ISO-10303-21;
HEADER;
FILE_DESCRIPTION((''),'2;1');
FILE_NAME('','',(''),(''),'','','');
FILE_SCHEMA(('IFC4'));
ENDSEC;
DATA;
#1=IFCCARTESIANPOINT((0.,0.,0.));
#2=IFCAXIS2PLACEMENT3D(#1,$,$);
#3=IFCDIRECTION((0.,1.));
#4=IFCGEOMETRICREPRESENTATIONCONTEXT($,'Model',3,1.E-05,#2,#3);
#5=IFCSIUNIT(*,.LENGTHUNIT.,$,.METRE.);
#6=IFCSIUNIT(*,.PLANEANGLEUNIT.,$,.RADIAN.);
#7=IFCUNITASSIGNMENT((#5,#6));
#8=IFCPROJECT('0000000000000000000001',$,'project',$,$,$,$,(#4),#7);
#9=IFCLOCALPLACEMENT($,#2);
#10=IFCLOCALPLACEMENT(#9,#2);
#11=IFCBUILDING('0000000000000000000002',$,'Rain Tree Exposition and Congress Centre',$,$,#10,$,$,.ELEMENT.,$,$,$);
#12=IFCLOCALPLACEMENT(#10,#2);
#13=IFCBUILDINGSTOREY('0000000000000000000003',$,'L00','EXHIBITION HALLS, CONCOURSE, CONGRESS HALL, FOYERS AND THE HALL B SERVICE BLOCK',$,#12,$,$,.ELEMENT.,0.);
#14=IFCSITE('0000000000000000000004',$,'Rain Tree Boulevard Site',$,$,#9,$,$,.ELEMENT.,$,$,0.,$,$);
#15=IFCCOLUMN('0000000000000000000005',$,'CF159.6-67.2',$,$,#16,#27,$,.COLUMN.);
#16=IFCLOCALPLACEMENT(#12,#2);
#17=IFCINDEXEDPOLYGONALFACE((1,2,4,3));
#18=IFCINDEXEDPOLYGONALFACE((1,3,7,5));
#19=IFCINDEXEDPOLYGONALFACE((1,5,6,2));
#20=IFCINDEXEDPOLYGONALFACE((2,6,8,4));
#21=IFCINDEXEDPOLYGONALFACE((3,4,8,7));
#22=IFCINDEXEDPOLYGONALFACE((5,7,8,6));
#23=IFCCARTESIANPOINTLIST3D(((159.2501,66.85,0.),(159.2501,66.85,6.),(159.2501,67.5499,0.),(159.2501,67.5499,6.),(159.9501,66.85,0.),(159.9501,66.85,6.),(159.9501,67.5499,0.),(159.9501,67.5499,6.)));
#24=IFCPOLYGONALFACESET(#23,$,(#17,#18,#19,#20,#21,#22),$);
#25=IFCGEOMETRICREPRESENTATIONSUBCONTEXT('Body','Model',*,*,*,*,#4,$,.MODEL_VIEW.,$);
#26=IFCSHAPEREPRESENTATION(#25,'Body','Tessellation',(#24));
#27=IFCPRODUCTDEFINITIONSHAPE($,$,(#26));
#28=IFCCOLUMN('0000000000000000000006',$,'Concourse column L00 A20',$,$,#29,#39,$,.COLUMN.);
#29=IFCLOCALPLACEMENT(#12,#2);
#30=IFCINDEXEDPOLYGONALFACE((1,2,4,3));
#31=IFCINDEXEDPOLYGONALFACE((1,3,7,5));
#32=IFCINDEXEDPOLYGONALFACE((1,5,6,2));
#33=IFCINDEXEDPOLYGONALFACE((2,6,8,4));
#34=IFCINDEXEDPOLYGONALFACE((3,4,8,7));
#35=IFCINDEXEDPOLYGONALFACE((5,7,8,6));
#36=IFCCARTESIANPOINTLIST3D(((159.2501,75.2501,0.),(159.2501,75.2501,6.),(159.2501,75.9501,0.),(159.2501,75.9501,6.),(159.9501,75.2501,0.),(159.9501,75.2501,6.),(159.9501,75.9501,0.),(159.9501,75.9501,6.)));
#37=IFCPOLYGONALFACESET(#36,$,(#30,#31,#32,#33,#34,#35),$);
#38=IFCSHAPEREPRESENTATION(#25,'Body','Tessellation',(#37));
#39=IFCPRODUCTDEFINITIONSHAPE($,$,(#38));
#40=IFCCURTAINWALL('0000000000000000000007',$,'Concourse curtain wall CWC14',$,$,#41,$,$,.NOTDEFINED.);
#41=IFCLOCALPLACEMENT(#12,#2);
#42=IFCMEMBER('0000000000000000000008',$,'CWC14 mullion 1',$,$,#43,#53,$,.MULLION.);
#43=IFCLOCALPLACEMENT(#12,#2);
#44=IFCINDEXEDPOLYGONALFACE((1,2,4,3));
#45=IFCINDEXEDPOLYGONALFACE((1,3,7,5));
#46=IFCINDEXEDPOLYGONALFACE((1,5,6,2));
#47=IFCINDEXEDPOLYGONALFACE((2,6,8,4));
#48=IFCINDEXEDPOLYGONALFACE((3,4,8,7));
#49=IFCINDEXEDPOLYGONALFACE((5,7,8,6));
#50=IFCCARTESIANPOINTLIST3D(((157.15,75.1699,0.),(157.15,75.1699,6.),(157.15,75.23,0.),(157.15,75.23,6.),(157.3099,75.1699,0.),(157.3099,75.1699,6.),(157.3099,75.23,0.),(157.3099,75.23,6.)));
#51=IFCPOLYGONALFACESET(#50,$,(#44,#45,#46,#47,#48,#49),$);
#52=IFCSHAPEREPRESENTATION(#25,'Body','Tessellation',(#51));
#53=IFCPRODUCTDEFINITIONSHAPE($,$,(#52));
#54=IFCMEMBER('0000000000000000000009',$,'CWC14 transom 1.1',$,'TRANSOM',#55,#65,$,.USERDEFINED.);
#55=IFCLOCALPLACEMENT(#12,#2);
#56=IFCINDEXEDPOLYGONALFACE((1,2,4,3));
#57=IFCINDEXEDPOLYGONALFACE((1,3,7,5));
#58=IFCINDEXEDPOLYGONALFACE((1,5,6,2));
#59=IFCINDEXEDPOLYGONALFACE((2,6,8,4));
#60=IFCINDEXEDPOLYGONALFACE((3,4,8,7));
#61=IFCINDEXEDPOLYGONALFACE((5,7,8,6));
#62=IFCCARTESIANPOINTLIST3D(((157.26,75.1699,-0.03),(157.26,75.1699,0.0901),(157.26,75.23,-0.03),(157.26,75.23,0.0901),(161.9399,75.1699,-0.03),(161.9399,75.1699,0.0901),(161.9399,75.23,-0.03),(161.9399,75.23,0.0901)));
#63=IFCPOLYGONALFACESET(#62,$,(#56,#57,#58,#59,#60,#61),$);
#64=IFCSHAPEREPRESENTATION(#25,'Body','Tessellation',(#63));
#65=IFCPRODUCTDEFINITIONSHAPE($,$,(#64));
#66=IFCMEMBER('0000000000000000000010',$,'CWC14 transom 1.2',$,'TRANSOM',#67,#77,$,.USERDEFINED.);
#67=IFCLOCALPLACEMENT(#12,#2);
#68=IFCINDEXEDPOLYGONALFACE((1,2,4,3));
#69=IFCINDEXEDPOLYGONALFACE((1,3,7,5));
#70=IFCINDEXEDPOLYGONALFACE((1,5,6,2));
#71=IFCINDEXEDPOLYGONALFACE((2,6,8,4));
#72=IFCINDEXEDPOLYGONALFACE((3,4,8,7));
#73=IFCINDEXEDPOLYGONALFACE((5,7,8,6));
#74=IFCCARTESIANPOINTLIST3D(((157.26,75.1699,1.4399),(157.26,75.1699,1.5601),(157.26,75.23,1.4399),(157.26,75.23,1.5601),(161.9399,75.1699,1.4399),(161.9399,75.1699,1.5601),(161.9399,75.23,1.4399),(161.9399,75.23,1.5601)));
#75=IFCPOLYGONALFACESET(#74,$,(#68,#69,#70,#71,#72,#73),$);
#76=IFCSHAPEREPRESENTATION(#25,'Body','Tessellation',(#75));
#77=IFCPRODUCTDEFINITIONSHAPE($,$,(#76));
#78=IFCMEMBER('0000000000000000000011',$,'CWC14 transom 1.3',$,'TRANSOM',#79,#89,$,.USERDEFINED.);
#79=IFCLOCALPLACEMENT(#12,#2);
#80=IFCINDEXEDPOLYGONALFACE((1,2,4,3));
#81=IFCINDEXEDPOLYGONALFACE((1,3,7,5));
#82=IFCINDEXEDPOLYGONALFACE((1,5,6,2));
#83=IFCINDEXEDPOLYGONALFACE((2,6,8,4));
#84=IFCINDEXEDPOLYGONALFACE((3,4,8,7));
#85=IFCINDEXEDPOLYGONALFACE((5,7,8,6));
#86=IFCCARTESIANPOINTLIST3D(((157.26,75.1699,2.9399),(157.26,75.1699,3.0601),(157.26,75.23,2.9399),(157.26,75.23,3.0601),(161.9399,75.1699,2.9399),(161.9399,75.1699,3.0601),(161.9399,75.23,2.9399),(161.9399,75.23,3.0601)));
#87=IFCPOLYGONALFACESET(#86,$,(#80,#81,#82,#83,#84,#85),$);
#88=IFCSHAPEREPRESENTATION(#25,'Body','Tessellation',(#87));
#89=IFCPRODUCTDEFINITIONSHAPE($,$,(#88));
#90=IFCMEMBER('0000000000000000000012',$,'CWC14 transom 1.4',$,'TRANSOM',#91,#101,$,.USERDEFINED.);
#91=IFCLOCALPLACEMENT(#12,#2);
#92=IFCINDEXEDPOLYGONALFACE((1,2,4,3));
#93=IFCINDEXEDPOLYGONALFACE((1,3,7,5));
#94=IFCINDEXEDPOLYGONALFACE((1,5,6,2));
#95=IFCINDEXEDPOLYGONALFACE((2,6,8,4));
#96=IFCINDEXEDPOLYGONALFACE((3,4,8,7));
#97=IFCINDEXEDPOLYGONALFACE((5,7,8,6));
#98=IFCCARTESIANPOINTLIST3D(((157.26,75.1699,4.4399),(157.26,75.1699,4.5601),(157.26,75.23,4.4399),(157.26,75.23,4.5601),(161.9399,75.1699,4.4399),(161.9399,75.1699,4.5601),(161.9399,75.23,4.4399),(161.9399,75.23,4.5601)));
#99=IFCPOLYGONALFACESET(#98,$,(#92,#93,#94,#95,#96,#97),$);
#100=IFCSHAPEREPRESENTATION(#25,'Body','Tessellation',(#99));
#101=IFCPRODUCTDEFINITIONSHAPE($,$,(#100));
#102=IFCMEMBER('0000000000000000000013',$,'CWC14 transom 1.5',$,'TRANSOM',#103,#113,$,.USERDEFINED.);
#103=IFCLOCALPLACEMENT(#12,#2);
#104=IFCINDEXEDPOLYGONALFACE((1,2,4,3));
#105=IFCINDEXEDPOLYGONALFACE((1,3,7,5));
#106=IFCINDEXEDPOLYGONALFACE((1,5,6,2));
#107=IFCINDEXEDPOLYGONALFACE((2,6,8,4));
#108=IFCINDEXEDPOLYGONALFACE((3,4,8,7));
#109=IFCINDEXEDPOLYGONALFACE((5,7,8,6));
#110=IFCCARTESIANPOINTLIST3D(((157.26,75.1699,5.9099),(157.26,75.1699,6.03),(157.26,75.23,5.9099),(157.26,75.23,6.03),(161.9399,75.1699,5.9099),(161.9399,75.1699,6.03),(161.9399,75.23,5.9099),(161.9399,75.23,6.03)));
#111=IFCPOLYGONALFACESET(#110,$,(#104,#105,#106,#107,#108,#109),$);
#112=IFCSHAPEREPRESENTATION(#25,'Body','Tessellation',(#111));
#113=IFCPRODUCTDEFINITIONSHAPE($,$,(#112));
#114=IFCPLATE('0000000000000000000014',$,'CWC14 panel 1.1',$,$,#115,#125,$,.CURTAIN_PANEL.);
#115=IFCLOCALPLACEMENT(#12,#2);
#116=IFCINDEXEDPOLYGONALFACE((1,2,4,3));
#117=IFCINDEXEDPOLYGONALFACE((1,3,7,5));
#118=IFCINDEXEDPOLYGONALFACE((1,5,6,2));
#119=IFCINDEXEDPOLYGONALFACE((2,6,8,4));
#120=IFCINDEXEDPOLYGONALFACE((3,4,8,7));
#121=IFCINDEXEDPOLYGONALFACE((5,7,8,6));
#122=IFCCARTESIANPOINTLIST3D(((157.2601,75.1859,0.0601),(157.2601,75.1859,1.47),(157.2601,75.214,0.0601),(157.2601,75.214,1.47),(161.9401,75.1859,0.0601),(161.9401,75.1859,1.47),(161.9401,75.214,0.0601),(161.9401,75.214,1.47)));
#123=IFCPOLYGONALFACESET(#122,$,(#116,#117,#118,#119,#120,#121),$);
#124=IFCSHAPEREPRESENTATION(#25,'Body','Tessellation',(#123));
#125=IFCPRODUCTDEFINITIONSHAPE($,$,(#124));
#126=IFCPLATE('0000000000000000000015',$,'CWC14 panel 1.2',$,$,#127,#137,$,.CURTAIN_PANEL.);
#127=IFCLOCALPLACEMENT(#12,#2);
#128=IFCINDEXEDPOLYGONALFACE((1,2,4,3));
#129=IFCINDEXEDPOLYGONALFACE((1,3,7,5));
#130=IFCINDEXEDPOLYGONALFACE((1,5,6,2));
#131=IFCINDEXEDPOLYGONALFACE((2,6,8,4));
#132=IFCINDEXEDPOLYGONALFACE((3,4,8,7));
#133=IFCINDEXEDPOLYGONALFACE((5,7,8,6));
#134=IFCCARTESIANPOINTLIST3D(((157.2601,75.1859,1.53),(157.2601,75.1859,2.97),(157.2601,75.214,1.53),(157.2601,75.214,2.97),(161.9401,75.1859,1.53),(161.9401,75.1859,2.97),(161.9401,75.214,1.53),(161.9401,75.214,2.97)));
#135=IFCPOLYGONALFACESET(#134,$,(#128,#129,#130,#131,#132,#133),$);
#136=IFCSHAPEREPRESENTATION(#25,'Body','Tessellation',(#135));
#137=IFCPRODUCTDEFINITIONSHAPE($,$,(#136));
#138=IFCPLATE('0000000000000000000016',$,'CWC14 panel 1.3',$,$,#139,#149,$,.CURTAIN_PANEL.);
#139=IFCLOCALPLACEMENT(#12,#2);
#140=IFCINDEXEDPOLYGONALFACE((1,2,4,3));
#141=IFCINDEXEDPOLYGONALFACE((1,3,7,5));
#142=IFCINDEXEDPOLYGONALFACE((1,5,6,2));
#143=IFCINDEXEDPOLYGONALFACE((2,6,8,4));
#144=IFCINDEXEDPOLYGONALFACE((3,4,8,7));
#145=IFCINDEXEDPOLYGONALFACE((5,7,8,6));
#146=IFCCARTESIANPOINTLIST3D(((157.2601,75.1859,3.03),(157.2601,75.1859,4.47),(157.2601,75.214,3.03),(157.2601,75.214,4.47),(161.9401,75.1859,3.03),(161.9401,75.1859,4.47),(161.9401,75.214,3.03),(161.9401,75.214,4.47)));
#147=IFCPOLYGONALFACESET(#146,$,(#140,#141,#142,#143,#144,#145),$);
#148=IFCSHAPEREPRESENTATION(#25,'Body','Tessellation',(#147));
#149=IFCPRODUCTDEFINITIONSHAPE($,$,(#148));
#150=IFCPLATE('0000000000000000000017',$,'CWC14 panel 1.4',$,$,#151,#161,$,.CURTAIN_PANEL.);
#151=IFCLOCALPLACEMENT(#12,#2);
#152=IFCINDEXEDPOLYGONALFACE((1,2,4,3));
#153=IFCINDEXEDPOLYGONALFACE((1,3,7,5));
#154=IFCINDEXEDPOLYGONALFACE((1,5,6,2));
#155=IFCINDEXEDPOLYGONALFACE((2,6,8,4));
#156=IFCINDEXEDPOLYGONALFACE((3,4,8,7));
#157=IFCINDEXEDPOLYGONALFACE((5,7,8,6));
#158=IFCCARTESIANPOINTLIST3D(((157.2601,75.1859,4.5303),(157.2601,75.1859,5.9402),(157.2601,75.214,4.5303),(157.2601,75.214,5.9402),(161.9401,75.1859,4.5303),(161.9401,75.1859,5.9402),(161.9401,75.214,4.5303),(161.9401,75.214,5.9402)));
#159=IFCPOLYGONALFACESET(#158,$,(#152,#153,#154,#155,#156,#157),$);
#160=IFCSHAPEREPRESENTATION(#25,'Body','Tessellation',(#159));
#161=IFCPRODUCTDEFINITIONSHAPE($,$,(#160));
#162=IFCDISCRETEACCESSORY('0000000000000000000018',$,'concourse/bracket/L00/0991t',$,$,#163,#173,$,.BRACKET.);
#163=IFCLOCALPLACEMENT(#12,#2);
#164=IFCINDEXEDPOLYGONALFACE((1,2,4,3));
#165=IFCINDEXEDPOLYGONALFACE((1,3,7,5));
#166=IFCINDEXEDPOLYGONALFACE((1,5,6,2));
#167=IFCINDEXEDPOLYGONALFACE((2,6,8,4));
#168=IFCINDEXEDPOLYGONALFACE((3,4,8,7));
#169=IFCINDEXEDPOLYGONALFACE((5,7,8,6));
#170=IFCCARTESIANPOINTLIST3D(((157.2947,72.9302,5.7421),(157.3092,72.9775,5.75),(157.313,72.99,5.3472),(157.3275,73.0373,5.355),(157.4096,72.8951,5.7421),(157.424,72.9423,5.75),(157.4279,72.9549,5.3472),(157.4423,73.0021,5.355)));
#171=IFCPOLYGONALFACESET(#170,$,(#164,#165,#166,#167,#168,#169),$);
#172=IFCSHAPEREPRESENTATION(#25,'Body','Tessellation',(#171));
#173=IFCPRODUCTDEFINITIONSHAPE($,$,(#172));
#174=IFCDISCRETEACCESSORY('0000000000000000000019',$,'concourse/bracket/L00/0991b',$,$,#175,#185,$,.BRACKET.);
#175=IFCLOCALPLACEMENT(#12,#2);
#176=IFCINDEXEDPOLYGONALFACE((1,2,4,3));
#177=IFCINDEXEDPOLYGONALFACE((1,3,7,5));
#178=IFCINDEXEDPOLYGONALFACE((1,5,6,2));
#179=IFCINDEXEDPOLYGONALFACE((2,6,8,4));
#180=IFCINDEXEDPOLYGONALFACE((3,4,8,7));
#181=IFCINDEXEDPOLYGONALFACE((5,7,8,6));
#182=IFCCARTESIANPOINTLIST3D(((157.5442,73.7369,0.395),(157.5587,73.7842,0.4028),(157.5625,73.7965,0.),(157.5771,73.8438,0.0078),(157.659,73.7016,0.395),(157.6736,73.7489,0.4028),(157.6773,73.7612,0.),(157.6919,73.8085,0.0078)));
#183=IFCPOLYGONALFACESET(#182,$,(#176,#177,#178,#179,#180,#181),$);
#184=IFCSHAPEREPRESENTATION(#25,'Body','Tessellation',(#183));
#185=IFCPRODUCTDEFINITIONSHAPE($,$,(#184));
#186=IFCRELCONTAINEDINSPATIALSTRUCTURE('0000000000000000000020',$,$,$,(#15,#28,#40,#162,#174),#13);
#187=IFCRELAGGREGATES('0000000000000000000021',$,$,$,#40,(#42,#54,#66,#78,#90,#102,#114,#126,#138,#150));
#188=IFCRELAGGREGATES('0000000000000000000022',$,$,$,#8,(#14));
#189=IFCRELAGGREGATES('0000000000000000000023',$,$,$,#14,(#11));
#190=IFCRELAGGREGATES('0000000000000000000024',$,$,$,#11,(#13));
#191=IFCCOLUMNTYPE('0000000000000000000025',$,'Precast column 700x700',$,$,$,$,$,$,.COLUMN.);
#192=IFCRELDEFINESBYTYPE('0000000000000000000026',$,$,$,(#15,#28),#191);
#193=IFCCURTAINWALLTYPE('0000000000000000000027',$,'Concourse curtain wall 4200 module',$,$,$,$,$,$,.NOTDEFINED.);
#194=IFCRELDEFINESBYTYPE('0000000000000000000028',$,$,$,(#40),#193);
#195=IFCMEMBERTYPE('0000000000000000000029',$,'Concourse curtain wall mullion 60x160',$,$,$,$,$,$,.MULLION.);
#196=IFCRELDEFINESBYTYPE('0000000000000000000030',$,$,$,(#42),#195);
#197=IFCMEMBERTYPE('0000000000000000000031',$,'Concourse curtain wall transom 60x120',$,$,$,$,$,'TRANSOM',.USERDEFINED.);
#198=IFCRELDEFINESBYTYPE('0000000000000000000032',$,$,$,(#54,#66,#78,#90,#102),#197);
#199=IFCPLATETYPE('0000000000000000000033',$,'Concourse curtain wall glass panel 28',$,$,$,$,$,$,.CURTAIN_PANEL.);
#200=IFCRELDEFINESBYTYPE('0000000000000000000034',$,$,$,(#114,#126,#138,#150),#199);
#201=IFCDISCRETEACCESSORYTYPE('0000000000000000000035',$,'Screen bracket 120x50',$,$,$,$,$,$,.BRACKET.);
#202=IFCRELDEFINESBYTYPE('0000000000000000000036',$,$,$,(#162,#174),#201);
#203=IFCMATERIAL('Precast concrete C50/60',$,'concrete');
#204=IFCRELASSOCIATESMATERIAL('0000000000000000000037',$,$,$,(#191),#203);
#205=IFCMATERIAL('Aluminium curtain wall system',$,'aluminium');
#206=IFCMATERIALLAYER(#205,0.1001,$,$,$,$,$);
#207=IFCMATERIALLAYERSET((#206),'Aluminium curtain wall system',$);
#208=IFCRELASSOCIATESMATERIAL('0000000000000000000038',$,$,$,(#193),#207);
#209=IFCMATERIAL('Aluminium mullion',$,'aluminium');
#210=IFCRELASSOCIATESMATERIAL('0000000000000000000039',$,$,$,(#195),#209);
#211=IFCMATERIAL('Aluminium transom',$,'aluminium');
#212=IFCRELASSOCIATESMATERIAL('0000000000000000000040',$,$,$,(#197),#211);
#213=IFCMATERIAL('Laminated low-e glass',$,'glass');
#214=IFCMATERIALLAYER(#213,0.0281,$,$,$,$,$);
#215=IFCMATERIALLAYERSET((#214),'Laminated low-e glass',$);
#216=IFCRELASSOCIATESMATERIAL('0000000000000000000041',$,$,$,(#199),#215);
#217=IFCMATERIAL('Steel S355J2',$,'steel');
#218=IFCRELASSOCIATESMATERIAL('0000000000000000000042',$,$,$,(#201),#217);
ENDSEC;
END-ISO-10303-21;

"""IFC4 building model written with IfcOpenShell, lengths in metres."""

from ifc_helpers import new_model, si_unit, direction, frame, origin, origin_2d, place, context, subcontext, project, spatial, rectangle, extrude, material, layer, layer_set, material_profile, profile_set, type_object, element, aggregate, save


model = new_model("IFC4")

# Units and contexts
model_context = context("Model", 3, precision=1e-05, world=origin(), true_north=direction((0.0, 1.0)))
body_context = subcontext(model_context, "Body", "Model", "MODEL_VIEW")
ifc_project = project(units=[si_unit("LENGTHUNIT", "METRE"), si_unit("PLANEANGLEUNIT", "RADIAN")], contexts=[model_context])

# Site, building, storey
site_placement = place(None, origin())
site = spatial("IfcSite", under=ifc_project, at=site_placement, Name="Rain Tree Boulevard Site", CompositionType="ELEMENT", RefElevation=0.0)
building_placement = place(site_placement, origin())
building = spatial("IfcBuilding", under=site, at=building_placement, Name="Rain Tree Exposition and Congress Centre", CompositionType="ELEMENT")
storey_placement = place(building_placement, origin())
storey = spatial("IfcBuildingStorey", under=building, at=storey_placement, Name="L00", Description="EXHIBITION HALLS, CONCOURSE, CONGRESS HALL, FOYERS AND THE HALL B SERVICE BLOCK", CompositionType="ELEMENT", Elevation=0.0)

# Columns
ifc_material_1 = material(Name="Precast concrete C50/60", Category="concrete")
ifc_material_profile_1 = material_profile(ifc_material_1, rectangle(XDim=0.7, YDim=0.7, at=origin_2d()), Name="RC 700x700")
ifc_profile_set_1 = profile_set([ifc_material_profile_1], Name="Precast concrete C50/60")
column_type = type_object("IfcColumnType", Name="Precast column 700x700", PredefinedType="COLUMN", material=ifc_profile_set_1)
for number, where, z_axis, x_axis, name in (
    (1, (159.6001, 67.2, 0.0), (0.0, 0.0, 1.0), (1.0, 0.0, 0.0), "CF159.6-67.2"),
    (2, (159.6001, 75.6001, 0.0), (0.0, 0.0, 1.0), (1.0, 0.0, 0.0), "Concourse column L00 A20"),
):
    element("IfcColumn", number, at=place(storey_placement, frame(where, z_axis=z_axis, x_axis=x_axis)), inside=storey, type_object=column_type, Name=name, PredefinedType="COLUMN", context=body_context, shape_type="SweptSolid", body=[
        extrude(rectangle(XDim=0.7, YDim=0.7, at=origin_2d()), origin(), (0.0, 0.0, 1.0), 6.0),
    ])

# Curtain wall, members, plates
ifc_material_2 = material(Name="Aluminium curtain wall system", Category="aluminium")
ifc_layer_1 = layer(ifc_material_2, 0.1001)
ifc_layer_set_1 = layer_set([ifc_layer_1], Name="Aluminium curtain wall system")
curtain_wall_type = type_object("IfcCurtainWallType", Name="Concourse curtain wall 4200 module", PredefinedType="NOTDEFINED", material=ifc_layer_set_1)
curtain_wall_placement = place(storey_placement, origin())
curtain_wall = element("IfcCurtainWall", 3, at=curtain_wall_placement, inside=storey, type_object=curtain_wall_type, Name="Concourse curtain wall CWC14", PredefinedType="NOTDEFINED")
ifc_material_3 = material(Name="Aluminium mullion", Category="aluminium")
ifc_material_profile_2 = material_profile(ifc_material_3, rectangle(XDim=0.0601, YDim=0.1599, at=origin_2d()), Name="AL 60x160")
ifc_profile_set_2 = profile_set([ifc_material_profile_2], Name="Aluminium mullion")
member_type_1 = type_object("IfcMemberType", Name="Concourse curtain wall mullion 60x160", PredefinedType="MULLION", material=ifc_profile_set_2)
member_1_placement = place(storey_placement, frame((157.23, 75.2, 0.0), z_axis=(0.0, 0.0, 1.0), x_axis=(0.0, 1.0, 0.0)))
member_1 = element("IfcMember", 4, at=member_1_placement, type_object=member_type_1, Name="CWC14 mullion 1", PredefinedType="MULLION", context=body_context, shape_type="SweptSolid", body=[
    extrude(rectangle(XDim=0.0601, YDim=0.1599, at=origin_2d()), origin(), (0.0, 0.0, 1.0), 6.0),
])
ifc_material_4 = material(Name="Aluminium transom", Category="aluminium")
ifc_material_profile_3 = material_profile(ifc_material_4, rectangle(XDim=0.0601, YDim=0.1201, at=origin_2d()), Name="AL 60x120")
ifc_profile_set_3 = profile_set([ifc_material_profile_3], Name="Aluminium transom")
member_type_2 = type_object("IfcMemberType", Name="Concourse curtain wall transom 60x120", ElementType="TRANSOM", PredefinedType="USERDEFINED", material=ifc_profile_set_3)
member_2_placement = place(storey_placement, frame((157.26, 75.2, 0.03), z_axis=(1.0, 0.0, 0.0), x_axis=(0.0, 1.0, 0.0)))
member_2 = element("IfcMember", 5, at=member_2_placement, type_object=member_type_2, Name="CWC14 transom 1.1", ObjectType="TRANSOM", PredefinedType="USERDEFINED", context=body_context, shape_type="SweptSolid", body=[
    extrude(rectangle(XDim=0.0601, YDim=0.1201, at=origin_2d()), origin(), (0.0, 0.0, 1.0), 4.6799),
])
member_3_placement = place(storey_placement, frame((157.26, 75.2, 1.5), z_axis=(1.0, 0.0, 0.0), x_axis=(0.0, 1.0, 0.0)))
member_3 = element("IfcMember", 6, at=member_3_placement, type_object=member_type_2, Name="CWC14 transom 1.2", ObjectType="TRANSOM", PredefinedType="USERDEFINED", context=body_context, shape_type="SweptSolid", body=[
    extrude(rectangle(XDim=0.0601, YDim=0.1201, at=origin_2d()), origin(), (0.0, 0.0, 1.0), 4.6799),
])
member_4_placement = place(storey_placement, frame((157.26, 75.2, 3.0), z_axis=(1.0, 0.0, 0.0), x_axis=(0.0, 1.0, 0.0)))
member_4 = element("IfcMember", 7, at=member_4_placement, type_object=member_type_2, Name="CWC14 transom 1.3", ObjectType="TRANSOM", PredefinedType="USERDEFINED", context=body_context, shape_type="SweptSolid", body=[
    extrude(rectangle(XDim=0.0601, YDim=0.1201, at=origin_2d()), origin(), (0.0, 0.0, 1.0), 4.6799),
])
member_5_placement = place(storey_placement, frame((157.26, 75.2, 4.5), z_axis=(1.0, 0.0, 0.0), x_axis=(0.0, 1.0, 0.0)))
member_5 = element("IfcMember", 8, at=member_5_placement, type_object=member_type_2, Name="CWC14 transom 1.4", ObjectType="TRANSOM", PredefinedType="USERDEFINED", context=body_context, shape_type="SweptSolid", body=[
    extrude(rectangle(XDim=0.0601, YDim=0.1201, at=origin_2d()), origin(), (0.0, 0.0, 1.0), 4.6799),
])
member_6_placement = place(storey_placement, frame((157.26, 75.2, 5.97), z_axis=(1.0, 0.0, 0.0), x_axis=(0.0, 1.0, 0.0)))
member_6 = element("IfcMember", 9, at=member_6_placement, type_object=member_type_2, Name="CWC14 transom 1.5", ObjectType="TRANSOM", PredefinedType="USERDEFINED", context=body_context, shape_type="SweptSolid", body=[
    extrude(rectangle(XDim=0.0601, YDim=0.1201, at=origin_2d()), origin(), (0.0, 0.0, 1.0), 4.6799),
])
ifc_material_5 = material(Name="Laminated low-e glass", Category="glass")
ifc_layer_2 = layer(ifc_material_5, 0.0281)
ifc_layer_set_2 = layer_set([ifc_layer_2], Name="Laminated low-e glass")
plate_type = type_object("IfcPlateType", Name="Concourse curtain wall glass panel 28", PredefinedType="CURTAIN_PANEL", material=ifc_layer_set_2)
plate_1_placement = place(storey_placement, frame((159.6001, 75.2, 0.0601), z_axis=(0.0, 0.0, 1.0), x_axis=(1.0, 0.0, 0.0)))
plate_1 = element("IfcPlate", 10, at=plate_1_placement, type_object=plate_type, Name="CWC14 panel 1.1", PredefinedType="CURTAIN_PANEL", context=body_context, shape_type="SweptSolid", body=[
    extrude(rectangle(XDim=4.6799, YDim=0.0281, at=origin_2d()), origin(), (0.0, 0.0, 1.0), 1.4099),
])
plate_2_placement = place(storey_placement, frame((159.6001, 75.2, 1.53), z_axis=(0.0, 0.0, 1.0), x_axis=(1.0, 0.0, 0.0)))
plate_2 = element("IfcPlate", 11, at=plate_2_placement, type_object=plate_type, Name="CWC14 panel 1.2", PredefinedType="CURTAIN_PANEL", context=body_context, shape_type="SweptSolid", body=[
    extrude(rectangle(XDim=4.6799, YDim=0.0281, at=origin_2d()), origin(), (0.0, 0.0, 1.0), 1.4399),
])
plate_3_placement = place(storey_placement, frame((159.6001, 75.2, 3.03), z_axis=(0.0, 0.0, 1.0), x_axis=(1.0, 0.0, 0.0)))
plate_3 = element("IfcPlate", 12, at=plate_3_placement, type_object=plate_type, Name="CWC14 panel 1.3", PredefinedType="CURTAIN_PANEL", context=body_context, shape_type="SweptSolid", body=[
    extrude(rectangle(XDim=4.6799, YDim=0.0281, at=origin_2d()), origin(), (0.0, 0.0, 1.0), 1.4399),
])
plate_4_placement = place(storey_placement, frame((159.6001, 75.2, 4.5303), z_axis=(0.0, 0.0, 1.0), x_axis=(1.0, 0.0, 0.0)))
plate_4 = element("IfcPlate", 13, at=plate_4_placement, type_object=plate_type, Name="CWC14 panel 1.4", PredefinedType="CURTAIN_PANEL", context=body_context, shape_type="SweptSolid", body=[
    extrude(rectangle(XDim=4.6799, YDim=0.0281, at=origin_2d()), origin(), (0.0, 0.0, 1.0), 1.4099),
])
aggregate(curtain_wall, [member_1, member_2, member_3, member_4, member_5, member_6, plate_1, plate_2, plate_3, plate_4])

# Discrete accessories
ifc_material_6 = material(Name="Steel S355J2", Category="steel")
ifc_material_profile_4 = material_profile(ifc_material_6, rectangle(XDim=0.1201, YDim=0.05, at=origin_2d()), Name="Flat bar 120x50")
ifc_profile_set_4 = profile_set([ifc_material_profile_4], Name="Steel S355J2")
discrete_accessory_type = type_object("IfcDiscreteAccessoryType", Name="Screen bracket 120x50", PredefinedType="BRACKET", material=ifc_profile_set_4)
for number, where, z_axis, x_axis, name in (
    (14, (157.3777, 72.9961, 5.3511), (-0.045783, -0.149558, 0.987692), (0.9562, -0.292714, 0.0), "concourse/bracket/L00/0991t"),
    (15, (157.6272, 73.8025, 0.0039), (-0.045787, -0.148961, 0.987782), (0.955864, -0.293811, 0.0), "concourse/bracket/L00/0991b"),
):
    element("IfcDiscreteAccessory", number, at=place(storey_placement, frame(where, z_axis=z_axis, x_axis=x_axis)), inside=storey, type_object=discrete_accessory_type, Name=name, PredefinedType="BRACKET", context=body_context, shape_type="SweptSolid", body=[
        extrude(rectangle(XDim=0.1201, YDim=0.05, at=origin_2d()), origin(), (0.0, 0.0, 1.0), 0.3999),
    ])

save(model, "model.ifc")
